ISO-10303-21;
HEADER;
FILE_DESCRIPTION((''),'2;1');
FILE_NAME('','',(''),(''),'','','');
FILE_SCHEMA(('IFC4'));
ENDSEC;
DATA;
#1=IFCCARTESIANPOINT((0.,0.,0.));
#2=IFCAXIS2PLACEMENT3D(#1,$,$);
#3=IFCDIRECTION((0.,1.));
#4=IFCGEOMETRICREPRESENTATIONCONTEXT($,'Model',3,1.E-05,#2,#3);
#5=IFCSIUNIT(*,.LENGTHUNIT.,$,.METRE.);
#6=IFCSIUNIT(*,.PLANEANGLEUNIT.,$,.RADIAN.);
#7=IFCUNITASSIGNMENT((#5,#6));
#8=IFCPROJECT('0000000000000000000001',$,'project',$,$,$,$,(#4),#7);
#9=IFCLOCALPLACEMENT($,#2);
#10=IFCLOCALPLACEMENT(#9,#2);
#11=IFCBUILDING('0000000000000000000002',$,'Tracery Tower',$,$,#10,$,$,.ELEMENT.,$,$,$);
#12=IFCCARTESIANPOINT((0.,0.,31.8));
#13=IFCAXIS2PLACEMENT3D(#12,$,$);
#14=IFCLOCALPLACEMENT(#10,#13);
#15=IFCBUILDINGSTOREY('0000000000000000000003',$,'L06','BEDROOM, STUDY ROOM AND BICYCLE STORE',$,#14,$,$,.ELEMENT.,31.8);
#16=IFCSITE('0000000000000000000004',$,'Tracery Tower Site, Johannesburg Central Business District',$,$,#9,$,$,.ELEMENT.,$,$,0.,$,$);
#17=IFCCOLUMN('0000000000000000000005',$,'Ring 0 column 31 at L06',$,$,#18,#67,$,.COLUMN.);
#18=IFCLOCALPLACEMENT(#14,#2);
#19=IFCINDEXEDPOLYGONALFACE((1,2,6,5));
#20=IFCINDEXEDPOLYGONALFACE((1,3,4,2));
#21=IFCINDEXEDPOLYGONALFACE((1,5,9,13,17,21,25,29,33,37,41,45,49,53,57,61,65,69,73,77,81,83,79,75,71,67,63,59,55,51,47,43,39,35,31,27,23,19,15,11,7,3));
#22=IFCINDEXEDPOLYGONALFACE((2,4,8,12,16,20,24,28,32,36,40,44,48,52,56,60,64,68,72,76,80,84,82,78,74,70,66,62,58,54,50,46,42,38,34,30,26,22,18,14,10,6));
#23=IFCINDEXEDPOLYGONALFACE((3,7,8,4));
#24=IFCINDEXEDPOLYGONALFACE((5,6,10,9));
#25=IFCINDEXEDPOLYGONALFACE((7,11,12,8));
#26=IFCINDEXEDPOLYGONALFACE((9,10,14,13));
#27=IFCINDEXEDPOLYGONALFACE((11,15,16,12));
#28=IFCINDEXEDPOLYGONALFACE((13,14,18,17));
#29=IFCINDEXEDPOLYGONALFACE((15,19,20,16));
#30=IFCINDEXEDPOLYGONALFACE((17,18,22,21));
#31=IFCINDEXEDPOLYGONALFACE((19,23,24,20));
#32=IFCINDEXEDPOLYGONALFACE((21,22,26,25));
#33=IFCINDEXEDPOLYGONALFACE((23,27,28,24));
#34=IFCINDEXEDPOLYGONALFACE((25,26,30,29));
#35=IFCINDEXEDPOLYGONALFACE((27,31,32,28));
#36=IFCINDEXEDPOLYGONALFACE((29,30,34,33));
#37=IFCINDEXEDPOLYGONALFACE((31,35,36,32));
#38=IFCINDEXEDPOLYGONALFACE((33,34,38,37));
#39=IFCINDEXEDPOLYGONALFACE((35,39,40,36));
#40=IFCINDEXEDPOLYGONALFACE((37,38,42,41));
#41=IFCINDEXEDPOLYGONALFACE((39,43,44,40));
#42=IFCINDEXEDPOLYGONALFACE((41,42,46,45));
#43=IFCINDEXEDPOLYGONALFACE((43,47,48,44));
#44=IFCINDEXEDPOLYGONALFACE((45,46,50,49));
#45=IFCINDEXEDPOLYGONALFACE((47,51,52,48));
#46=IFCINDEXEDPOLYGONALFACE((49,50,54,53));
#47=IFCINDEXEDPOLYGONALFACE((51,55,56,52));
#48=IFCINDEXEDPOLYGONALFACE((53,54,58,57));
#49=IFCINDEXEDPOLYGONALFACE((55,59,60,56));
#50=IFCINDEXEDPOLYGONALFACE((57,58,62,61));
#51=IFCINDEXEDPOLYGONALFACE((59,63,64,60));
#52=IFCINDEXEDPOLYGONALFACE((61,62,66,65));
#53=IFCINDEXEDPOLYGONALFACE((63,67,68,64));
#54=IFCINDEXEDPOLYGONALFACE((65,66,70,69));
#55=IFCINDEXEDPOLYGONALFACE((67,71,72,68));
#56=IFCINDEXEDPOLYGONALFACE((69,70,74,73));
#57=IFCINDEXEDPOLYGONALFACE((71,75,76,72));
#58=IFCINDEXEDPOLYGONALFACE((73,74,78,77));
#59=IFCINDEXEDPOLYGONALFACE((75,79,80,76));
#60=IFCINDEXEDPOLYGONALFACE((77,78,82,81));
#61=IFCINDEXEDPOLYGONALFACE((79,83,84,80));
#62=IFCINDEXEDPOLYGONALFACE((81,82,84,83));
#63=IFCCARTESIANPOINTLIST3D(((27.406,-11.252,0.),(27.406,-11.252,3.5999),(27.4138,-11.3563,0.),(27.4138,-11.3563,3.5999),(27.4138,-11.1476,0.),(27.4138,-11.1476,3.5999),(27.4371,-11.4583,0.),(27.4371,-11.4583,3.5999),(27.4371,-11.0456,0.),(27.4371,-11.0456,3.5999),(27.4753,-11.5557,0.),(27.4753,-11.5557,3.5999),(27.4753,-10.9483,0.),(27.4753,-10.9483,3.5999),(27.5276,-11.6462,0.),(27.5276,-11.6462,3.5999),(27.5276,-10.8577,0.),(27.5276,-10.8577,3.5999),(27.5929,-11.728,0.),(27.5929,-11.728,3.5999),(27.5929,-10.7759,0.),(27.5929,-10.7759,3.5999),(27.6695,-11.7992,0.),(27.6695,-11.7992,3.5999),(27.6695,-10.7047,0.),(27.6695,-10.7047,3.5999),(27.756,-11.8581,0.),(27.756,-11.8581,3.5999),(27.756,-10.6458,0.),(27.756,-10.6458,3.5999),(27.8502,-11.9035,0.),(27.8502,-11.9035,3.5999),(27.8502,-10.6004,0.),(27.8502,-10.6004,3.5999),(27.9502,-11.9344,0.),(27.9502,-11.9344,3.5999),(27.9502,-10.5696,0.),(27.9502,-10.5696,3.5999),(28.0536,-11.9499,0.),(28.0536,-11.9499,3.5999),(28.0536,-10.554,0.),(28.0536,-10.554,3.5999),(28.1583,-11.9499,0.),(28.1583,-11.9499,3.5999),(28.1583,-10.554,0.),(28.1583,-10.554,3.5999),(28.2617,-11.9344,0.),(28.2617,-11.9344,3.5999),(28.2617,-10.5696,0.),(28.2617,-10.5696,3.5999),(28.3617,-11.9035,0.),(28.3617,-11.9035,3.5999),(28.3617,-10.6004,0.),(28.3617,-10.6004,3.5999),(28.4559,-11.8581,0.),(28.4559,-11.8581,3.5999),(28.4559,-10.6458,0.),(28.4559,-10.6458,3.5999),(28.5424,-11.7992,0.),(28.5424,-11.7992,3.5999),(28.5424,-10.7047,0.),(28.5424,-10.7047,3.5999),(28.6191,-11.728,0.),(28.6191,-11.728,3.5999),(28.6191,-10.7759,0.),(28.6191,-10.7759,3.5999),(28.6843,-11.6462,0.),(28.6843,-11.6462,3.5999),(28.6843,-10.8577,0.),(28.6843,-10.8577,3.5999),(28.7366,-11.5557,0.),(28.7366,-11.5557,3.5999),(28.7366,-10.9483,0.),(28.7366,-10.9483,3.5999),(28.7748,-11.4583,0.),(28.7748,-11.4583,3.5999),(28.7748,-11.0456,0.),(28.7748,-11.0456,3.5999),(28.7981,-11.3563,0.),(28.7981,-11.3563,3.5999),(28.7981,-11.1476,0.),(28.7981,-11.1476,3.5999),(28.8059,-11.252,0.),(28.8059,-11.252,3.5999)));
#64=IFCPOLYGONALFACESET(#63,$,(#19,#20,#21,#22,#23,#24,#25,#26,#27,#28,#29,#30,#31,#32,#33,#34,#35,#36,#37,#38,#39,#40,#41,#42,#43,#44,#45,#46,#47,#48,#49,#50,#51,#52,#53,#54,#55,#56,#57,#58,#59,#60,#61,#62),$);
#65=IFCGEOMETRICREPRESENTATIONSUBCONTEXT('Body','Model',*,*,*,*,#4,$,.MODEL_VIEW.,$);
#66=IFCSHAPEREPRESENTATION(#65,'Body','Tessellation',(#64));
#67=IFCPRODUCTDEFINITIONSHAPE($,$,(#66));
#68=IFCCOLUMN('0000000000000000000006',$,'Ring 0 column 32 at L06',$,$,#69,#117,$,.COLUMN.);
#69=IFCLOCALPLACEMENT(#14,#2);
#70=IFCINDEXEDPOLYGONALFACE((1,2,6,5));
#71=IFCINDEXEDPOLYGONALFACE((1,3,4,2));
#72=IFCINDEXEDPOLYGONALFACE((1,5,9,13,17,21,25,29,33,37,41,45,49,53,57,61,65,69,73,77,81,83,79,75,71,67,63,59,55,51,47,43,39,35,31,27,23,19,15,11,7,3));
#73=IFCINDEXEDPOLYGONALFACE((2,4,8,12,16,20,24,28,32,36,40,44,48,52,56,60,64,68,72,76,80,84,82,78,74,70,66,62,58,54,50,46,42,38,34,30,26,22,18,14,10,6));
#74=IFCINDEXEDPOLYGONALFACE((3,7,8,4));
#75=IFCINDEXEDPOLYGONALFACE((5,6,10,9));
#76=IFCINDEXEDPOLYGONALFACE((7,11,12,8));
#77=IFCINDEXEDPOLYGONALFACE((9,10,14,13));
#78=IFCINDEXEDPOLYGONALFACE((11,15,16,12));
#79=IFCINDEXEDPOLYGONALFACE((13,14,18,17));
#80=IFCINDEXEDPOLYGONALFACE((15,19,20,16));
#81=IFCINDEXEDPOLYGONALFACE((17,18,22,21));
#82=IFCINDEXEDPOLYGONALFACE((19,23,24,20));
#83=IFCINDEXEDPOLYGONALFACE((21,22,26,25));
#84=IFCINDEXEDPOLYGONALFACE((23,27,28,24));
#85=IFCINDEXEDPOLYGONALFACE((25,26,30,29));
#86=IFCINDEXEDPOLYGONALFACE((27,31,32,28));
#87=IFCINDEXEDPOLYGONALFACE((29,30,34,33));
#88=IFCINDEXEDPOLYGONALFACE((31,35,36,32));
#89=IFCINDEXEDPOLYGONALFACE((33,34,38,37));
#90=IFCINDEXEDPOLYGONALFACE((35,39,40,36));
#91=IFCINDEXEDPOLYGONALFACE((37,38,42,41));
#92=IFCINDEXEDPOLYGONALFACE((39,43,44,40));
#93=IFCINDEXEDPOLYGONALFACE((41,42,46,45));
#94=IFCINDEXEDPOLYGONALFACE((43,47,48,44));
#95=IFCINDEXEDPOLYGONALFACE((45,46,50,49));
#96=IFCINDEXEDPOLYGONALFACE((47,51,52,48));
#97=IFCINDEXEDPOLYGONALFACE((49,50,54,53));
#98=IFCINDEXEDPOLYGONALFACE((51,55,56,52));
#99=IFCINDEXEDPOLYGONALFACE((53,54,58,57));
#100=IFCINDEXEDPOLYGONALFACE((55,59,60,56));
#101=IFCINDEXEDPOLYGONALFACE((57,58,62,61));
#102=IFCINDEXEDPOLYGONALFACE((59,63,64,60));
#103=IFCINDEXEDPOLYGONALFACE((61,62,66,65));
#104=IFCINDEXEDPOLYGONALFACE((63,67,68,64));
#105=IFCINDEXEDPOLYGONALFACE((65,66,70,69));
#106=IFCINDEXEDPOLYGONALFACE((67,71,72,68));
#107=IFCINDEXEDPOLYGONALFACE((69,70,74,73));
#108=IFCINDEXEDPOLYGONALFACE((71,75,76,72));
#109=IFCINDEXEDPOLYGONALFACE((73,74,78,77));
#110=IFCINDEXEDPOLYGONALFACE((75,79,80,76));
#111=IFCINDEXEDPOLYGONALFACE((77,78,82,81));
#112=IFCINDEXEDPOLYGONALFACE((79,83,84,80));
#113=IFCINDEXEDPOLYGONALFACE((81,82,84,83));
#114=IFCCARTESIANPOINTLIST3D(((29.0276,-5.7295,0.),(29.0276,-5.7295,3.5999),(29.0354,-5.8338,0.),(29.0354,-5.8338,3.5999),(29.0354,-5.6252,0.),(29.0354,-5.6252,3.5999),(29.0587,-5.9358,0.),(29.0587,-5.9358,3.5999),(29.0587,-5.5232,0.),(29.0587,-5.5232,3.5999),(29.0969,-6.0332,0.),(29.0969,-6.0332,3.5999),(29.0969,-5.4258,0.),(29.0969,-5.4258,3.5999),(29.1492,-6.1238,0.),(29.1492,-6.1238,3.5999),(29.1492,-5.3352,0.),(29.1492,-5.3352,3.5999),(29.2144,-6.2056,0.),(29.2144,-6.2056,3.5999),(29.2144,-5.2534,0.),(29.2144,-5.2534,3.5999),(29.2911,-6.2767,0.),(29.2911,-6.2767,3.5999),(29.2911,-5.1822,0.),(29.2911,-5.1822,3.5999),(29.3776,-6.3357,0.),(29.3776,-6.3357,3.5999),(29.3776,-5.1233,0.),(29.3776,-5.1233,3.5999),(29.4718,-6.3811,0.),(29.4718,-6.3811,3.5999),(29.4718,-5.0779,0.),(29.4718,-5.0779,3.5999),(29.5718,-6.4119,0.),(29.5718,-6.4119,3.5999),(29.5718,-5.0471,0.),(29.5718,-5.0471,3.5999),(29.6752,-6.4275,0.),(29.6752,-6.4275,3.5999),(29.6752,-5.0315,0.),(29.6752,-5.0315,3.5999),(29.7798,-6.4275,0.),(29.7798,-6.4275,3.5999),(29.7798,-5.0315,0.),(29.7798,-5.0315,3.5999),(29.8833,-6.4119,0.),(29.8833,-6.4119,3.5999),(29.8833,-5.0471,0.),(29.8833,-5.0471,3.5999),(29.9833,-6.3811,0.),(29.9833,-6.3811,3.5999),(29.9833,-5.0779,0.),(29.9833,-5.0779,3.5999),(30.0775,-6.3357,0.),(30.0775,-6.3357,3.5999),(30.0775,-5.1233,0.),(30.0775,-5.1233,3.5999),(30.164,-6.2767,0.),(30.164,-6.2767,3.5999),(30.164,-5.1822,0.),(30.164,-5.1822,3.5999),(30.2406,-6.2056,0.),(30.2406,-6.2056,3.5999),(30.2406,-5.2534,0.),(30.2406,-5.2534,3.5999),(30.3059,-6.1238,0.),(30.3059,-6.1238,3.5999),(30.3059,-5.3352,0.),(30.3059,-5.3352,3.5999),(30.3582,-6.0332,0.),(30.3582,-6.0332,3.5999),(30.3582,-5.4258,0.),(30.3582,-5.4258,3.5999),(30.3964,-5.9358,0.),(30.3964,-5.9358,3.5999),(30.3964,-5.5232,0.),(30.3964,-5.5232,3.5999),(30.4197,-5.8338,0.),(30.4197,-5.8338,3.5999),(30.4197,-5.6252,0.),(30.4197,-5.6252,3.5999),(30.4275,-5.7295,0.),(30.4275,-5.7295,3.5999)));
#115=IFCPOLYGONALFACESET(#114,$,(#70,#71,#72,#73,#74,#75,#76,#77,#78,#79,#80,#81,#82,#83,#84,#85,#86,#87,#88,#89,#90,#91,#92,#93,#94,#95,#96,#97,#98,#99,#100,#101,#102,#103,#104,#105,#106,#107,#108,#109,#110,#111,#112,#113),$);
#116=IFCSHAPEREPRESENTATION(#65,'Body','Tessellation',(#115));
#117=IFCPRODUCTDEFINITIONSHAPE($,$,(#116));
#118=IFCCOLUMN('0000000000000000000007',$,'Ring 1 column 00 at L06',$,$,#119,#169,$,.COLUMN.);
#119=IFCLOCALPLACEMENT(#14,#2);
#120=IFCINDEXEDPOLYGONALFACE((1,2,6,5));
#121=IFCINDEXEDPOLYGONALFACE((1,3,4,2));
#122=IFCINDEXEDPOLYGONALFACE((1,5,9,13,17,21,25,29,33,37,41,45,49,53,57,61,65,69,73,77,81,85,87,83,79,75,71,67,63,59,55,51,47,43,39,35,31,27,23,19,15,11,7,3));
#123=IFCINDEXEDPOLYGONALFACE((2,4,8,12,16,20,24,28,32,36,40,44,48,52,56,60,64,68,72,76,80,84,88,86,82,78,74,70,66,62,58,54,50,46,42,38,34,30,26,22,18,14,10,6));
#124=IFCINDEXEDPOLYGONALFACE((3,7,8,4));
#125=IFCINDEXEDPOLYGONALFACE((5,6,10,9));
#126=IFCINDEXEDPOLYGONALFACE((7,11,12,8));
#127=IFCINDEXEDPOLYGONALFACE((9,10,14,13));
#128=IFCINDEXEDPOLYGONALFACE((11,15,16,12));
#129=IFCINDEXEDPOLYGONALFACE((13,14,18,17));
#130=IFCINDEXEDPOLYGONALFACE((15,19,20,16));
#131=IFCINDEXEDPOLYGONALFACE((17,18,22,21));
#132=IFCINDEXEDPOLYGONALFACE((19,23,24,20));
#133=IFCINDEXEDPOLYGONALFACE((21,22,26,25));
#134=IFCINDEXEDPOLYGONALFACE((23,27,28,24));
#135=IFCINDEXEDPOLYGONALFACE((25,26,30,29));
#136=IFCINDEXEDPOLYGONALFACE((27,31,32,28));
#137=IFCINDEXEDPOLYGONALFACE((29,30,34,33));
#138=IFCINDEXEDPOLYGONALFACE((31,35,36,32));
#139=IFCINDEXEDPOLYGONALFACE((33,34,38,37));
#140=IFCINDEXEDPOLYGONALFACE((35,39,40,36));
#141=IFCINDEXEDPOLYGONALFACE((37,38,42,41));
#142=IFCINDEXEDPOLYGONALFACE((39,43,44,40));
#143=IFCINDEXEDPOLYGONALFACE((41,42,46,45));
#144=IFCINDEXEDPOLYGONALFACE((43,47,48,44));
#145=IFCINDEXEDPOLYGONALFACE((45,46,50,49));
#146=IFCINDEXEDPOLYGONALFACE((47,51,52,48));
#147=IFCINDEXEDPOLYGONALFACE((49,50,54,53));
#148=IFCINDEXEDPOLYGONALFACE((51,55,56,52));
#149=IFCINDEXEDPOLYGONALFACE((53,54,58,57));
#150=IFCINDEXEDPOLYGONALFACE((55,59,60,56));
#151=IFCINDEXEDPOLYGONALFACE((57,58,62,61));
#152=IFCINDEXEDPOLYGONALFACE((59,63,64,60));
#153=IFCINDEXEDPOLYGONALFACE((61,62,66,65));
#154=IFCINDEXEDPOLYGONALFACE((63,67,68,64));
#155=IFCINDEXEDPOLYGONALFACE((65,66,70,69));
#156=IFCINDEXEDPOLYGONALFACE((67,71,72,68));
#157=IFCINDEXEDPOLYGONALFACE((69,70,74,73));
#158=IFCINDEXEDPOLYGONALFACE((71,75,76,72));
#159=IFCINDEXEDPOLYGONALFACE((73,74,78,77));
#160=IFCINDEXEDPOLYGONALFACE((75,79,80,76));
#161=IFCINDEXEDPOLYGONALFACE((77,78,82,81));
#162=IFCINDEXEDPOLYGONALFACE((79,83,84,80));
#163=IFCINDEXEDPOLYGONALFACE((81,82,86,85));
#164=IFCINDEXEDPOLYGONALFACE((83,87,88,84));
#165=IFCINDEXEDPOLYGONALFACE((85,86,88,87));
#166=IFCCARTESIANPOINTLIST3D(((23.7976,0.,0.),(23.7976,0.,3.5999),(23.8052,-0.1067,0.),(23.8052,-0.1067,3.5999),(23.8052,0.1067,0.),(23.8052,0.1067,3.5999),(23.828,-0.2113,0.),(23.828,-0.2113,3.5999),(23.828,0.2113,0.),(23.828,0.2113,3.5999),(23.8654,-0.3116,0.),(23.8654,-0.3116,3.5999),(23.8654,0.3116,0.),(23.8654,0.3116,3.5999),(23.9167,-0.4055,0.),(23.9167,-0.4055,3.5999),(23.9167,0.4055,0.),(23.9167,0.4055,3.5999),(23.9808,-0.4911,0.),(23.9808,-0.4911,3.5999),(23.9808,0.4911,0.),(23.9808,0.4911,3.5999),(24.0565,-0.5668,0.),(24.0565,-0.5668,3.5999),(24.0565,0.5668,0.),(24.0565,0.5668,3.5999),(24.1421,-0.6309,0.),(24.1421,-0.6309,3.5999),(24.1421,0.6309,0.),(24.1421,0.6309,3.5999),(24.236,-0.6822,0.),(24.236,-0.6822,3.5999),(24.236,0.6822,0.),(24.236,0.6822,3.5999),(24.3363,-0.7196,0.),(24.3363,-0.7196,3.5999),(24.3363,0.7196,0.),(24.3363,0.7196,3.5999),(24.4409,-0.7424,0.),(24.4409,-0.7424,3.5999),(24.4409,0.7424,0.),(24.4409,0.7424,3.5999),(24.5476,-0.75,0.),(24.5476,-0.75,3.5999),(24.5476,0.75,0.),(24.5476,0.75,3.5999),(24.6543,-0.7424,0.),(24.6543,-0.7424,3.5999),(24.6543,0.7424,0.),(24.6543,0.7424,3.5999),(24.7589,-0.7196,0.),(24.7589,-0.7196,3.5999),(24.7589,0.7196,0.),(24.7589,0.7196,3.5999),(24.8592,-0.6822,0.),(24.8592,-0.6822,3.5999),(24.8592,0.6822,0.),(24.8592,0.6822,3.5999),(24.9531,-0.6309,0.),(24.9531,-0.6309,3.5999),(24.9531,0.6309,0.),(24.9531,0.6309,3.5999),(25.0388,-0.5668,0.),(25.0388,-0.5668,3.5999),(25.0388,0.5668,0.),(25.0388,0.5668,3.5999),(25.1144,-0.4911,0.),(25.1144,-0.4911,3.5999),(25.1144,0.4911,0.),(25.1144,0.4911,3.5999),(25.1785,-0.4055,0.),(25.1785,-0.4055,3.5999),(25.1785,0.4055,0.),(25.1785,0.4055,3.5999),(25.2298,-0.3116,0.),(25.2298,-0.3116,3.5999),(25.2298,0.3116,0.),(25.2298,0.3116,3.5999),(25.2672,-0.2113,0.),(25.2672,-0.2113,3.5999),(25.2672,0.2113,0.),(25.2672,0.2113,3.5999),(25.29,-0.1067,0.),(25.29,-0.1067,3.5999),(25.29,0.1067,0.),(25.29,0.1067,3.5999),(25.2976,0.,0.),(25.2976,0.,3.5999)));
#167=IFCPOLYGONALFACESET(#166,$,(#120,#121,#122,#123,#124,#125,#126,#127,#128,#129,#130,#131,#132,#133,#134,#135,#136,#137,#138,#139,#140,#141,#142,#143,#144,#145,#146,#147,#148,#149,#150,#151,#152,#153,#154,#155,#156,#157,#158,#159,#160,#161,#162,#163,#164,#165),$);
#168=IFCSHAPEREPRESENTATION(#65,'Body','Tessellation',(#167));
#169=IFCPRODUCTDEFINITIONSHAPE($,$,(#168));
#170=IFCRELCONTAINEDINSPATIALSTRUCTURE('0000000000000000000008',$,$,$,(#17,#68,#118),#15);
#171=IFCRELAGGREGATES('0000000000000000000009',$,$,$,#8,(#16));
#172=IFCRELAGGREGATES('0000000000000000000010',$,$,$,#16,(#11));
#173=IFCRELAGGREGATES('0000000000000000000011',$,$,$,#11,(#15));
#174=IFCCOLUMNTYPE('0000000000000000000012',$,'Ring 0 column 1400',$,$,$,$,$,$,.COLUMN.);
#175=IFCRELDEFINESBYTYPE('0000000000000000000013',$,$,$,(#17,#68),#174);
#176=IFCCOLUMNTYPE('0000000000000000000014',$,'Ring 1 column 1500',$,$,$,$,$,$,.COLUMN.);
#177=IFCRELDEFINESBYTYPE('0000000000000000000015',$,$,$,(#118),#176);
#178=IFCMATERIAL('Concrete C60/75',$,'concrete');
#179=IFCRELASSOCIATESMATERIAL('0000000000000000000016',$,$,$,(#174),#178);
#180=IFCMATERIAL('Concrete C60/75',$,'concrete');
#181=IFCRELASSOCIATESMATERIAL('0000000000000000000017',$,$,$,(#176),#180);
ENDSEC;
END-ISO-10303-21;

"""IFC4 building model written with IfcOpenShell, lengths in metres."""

from ifc_helpers import new_model, si_unit, direction, frame, origin, origin_2d, place, context, subcontext, project, spatial, circle, extrude, material, material_profile, profile_set, type_object, element, save


model = new_model("IFC4")

# Units and contexts
model_context = context("Model", 3, precision=1e-05, world=origin(), true_north=direction((0.0, 1.0)))
body_context = subcontext(model_context, "Body", "Model", "MODEL_VIEW")
ifc_project = project(units=[si_unit("LENGTHUNIT", "METRE"), si_unit("PLANEANGLEUNIT", "RADIAN")], contexts=[model_context])

# Site, building, storey
site_placement = place(None, origin())
site = spatial("IfcSite", under=ifc_project, at=site_placement, Name="Tracery Tower Site, Johannesburg Central Business District", CompositionType="ELEMENT", RefElevation=0.0)
building_placement = place(site_placement, origin())
building = spatial("IfcBuilding", under=site, at=building_placement, Name="Tracery Tower", CompositionType="ELEMENT")
storey_placement = place(building_placement, frame((0.0, 0.0, 31.8)))
storey = spatial("IfcBuildingStorey", under=building, at=storey_placement, Name="L06", Description="BEDROOM, STUDY ROOM AND BICYCLE STORE", CompositionType="ELEMENT", Elevation=31.8)

# Columns
ifc_material_1 = material(Name="Concrete C60/75", Category="concrete")
ifc_material_profile_1 = material_profile(ifc_material_1, circle(Radius=0.7, at=origin_2d()), Name="RC D1400")
ifc_profile_set_1 = profile_set([ifc_material_profile_1], Name="Concrete C60/75")
column_type_1 = type_object("IfcColumnType", Name="Ring 0 column 1400", PredefinedType="COLUMN", material=ifc_profile_set_1)
for number, where, z_axis, x_axis, name in (
    (1, (28.106, -11.252, 0.0), (0.0, 0.0, 1.0), (1.0, 0.0, 0.0), "Ring 0 column 31 at L06"),
    (2, (29.7275, -5.7295, 0.0), (0.0, 0.0, 1.0), (1.0, 0.0, 0.0), "Ring 0 column 32 at L06"),
):
    element("IfcColumn", number, at=place(storey_placement, frame(where, z_axis=z_axis, x_axis=x_axis)), inside=storey, type_object=column_type_1, Name=name, PredefinedType="COLUMN", context=body_context, shape_type="SweptSolid", body=[
        extrude(circle(Radius=0.7, at=origin_2d()), origin(), (0.0, 0.0, 1.0), 3.5999),
    ])
ifc_material_2 = material(Name="Concrete C60/75", Category="concrete")
ifc_material_profile_2 = material_profile(ifc_material_2, circle(Radius=0.75, at=origin_2d()), Name="RC D1500")
ifc_profile_set_2 = profile_set([ifc_material_profile_2], Name="Concrete C60/75")
column_type_2 = type_object("IfcColumnType", Name="Ring 1 column 1500", PredefinedType="COLUMN", material=ifc_profile_set_2)
for number, where, z_axis, x_axis, name in (
    (3, (24.5476, 0.0, 0.0), (0.0, 0.0, 1.0), (1.0, 0.0, 0.0), "Ring 1 column 00 at L06"),
):
    element("IfcColumn", number, at=place(storey_placement, frame(where, z_axis=z_axis, x_axis=x_axis)), inside=storey, type_object=column_type_2, Name=name, PredefinedType="COLUMN", context=body_context, shape_type="SweptSolid", body=[
        extrude(circle(Radius=0.75, at=origin_2d()), origin(), (0.0, 0.0, 1.0), 3.5999),
    ])

save(model, "model.ifc")
